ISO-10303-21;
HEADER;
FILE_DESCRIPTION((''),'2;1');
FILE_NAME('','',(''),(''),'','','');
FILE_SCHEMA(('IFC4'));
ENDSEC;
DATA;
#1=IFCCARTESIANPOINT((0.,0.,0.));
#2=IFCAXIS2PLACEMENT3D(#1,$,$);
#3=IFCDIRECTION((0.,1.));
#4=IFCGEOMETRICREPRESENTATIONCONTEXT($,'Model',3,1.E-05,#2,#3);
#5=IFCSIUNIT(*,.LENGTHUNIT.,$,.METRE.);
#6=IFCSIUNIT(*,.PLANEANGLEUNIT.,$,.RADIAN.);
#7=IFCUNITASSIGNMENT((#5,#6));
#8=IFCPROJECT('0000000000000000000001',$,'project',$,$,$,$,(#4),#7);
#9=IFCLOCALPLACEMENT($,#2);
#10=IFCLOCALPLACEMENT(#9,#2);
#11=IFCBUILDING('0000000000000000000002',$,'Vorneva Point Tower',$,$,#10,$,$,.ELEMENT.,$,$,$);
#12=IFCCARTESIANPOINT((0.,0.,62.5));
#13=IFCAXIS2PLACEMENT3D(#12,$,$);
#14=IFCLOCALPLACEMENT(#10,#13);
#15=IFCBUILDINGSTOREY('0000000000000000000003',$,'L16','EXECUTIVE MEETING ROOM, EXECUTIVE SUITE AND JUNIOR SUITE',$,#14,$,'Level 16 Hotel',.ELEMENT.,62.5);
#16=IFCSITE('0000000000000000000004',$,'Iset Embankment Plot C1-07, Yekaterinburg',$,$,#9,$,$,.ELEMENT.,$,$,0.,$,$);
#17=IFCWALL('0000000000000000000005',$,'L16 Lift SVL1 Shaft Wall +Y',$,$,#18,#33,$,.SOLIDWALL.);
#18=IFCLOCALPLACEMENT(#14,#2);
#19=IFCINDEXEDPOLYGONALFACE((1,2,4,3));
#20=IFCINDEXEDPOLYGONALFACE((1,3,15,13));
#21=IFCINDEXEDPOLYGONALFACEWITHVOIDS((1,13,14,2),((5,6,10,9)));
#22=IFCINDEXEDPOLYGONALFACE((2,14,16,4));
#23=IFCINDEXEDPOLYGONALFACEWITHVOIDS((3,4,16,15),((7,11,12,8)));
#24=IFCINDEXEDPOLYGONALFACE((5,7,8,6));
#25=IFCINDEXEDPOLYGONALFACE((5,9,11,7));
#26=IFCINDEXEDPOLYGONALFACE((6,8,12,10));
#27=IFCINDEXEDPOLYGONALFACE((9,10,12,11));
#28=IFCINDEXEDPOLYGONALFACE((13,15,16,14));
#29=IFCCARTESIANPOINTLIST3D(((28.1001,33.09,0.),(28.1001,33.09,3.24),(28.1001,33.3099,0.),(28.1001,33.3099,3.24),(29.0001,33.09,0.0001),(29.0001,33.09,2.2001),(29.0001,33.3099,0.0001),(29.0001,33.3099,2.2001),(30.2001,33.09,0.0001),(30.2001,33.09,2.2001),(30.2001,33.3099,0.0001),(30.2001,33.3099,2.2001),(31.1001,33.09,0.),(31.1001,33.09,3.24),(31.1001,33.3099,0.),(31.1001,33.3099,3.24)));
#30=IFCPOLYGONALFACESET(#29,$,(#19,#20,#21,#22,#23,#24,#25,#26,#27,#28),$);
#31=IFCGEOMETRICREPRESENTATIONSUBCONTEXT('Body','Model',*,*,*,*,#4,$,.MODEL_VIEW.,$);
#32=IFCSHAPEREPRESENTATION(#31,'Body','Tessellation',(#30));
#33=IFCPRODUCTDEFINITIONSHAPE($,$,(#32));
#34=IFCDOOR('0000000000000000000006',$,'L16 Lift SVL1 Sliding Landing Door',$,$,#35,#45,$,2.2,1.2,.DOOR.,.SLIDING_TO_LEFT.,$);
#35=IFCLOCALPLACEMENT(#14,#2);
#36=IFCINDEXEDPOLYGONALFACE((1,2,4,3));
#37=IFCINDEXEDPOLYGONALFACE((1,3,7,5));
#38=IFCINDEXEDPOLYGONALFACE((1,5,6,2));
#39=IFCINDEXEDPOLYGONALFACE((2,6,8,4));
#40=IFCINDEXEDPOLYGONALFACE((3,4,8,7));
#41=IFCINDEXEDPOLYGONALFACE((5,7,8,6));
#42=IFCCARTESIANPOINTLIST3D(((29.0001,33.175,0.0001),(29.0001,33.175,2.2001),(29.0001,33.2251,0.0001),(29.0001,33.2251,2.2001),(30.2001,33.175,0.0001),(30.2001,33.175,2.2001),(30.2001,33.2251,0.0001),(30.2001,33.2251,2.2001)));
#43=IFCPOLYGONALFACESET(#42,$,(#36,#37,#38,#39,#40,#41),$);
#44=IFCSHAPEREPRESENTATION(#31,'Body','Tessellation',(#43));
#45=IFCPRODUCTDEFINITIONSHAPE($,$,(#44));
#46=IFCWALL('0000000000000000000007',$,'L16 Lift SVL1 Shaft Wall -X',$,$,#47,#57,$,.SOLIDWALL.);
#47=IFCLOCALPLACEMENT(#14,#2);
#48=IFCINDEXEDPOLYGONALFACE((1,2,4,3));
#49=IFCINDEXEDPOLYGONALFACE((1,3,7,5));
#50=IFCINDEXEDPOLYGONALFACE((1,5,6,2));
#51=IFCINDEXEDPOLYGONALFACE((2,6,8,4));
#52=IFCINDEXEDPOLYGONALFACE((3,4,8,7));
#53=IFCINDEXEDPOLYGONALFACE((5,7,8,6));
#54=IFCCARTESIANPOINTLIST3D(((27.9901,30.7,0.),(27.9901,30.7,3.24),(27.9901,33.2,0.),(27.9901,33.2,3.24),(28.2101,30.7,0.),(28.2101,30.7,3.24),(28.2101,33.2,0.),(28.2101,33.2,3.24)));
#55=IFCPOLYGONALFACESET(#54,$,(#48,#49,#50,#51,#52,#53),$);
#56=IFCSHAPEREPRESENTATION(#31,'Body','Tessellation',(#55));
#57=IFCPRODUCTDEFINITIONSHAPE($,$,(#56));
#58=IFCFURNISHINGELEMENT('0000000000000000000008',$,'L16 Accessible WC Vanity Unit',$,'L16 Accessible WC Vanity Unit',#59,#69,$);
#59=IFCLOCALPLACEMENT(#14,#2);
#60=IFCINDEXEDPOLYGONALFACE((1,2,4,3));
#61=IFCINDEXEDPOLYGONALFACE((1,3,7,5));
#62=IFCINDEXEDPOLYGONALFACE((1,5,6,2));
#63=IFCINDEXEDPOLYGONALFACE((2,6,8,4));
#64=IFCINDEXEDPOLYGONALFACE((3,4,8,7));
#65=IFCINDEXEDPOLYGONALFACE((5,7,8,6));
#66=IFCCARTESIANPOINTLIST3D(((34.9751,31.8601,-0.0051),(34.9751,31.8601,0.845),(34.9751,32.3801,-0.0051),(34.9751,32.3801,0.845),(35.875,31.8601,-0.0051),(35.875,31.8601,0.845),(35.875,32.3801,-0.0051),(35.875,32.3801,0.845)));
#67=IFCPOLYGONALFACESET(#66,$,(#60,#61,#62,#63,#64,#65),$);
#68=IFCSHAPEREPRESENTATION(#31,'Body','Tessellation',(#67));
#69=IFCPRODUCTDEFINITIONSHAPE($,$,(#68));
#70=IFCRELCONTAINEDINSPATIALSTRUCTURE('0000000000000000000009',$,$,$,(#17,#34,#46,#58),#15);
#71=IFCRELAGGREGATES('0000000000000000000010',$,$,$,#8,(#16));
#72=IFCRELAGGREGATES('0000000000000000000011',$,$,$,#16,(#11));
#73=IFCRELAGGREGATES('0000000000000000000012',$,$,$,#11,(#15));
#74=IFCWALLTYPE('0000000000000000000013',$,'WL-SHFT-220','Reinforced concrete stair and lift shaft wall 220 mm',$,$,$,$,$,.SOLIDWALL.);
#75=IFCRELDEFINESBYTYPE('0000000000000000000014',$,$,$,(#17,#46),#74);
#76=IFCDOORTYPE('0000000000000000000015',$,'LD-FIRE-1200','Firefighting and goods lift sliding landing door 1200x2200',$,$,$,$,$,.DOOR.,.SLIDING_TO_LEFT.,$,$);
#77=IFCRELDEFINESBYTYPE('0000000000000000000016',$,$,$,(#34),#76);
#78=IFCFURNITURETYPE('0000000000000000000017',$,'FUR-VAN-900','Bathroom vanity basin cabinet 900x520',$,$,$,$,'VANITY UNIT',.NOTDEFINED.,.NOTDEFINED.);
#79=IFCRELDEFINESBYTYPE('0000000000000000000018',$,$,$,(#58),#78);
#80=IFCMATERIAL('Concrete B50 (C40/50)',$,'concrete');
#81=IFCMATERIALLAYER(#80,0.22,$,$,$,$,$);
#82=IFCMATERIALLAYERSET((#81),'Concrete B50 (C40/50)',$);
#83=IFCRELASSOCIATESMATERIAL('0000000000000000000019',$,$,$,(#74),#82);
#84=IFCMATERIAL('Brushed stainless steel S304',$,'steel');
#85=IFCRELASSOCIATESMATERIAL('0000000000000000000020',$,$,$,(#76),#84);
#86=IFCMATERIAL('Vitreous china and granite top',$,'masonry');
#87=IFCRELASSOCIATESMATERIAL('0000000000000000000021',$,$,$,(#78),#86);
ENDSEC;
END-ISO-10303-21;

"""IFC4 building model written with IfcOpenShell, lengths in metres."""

from ifc_helpers import new_model, si_unit, direction, frame, frame_2d, origin, origin_2d, place, context, subcontext, project, spatial, rectangle, extrude, material, layer, layer_set, type_object, element, fill, save


model = new_model("IFC4")

# Units and contexts
model_context = context("Model", 3, precision=1e-05, world=origin(), true_north=direction((0.0, 1.0)))
body_context = subcontext(model_context, "Body", "Model", "MODEL_VIEW")
ifc_project = project(units=[si_unit("LENGTHUNIT", "METRE"), si_unit("PLANEANGLEUNIT", "RADIAN")], contexts=[model_context])

# Site, building, storey
site_placement = place(None, origin())
site = spatial("IfcSite", under=ifc_project, at=site_placement, Name="Iset Embankment Plot C1-07, Yekaterinburg", CompositionType="ELEMENT", RefElevation=0.0)
building_placement = place(site_placement, origin())
building = spatial("IfcBuilding", under=site, at=building_placement, Name="Vorneva Point Tower", CompositionType="ELEMENT")
storey_placement = place(building_placement, frame((0.0, 0.0, 62.5)))
storey = spatial("IfcBuildingStorey", under=building, at=storey_placement, Name="L16", Description="EXECUTIVE MEETING ROOM, EXECUTIVE SUITE AND JUNIOR SUITE", LongName="Level 16 Hotel", CompositionType="ELEMENT", Elevation=62.5)

# Shared definitions
ifc_material_1 = material(Name="Concrete B50 (C40/50)", Category="concrete")
ifc_layer_1 = layer(ifc_material_1, 0.22)
ifc_layer_set_1 = layer_set([ifc_layer_1], Name="Concrete B50 (C40/50)")
wall_type_1 = type_object("IfcWallType", Name="WL-SHFT-220", Description="Reinforced concrete stair and lift shaft wall 220 mm", PredefinedType="SOLIDWALL", material=ifc_layer_set_1)

# Wall, opening, door
wall_1_placement = place(storey_placement, frame((31.1001, 33.2, 0.0), z_axis=(0.0, 0.0, 1.0), x_axis=(-1.0, 0.0, 0.0)))
wall_1 = element("IfcWall", 1, at=wall_1_placement, inside=storey, type_object=wall_type_1, Name="L16 Lift SVL1 Shaft Wall +Y", PredefinedType="SOLIDWALL", context=body_context, shape_type="SweptSolid", body=[
    extrude(rectangle(XDim=3.0, YDim=0.22, at=frame_2d((1.5, 0.0))), origin(), (0.0, 0.0, 1.0), 3.24),
])
opening_1_placement = place(wall_1_placement, frame((0.8999, 0.0, 0.0)))
opening_1 = element("IfcOpeningElement", 2, at=opening_1_placement, cuts=wall_1, PredefinedType="OPENING", context=body_context, shape_type="SweptSolid", body=[
    extrude(rectangle(XDim=1.2, YDim=2.2, at=frame_2d((0.6001, 1.1001))), frame((0.0, 0.125, 0.0), z_axis=(0.0, -1.0, 0.0), x_axis=(1.0, 0.0, 0.0)), (0.0, 0.0, 1.0), 0.2498),
])
ifc_material_2 = material(Name="Brushed stainless steel S304", Category="steel")
door_type_1 = type_object("IfcDoorType", Name="LD-FIRE-1200", Description="Firefighting and goods lift sliding landing door 1200x2200", OperationType="SLIDING_TO_LEFT", PredefinedType="DOOR", material=ifc_material_2)
door_1_placement = place(opening_1_placement, origin())
door_1 = element("IfcDoor", 3, at=door_1_placement, inside=storey, type_object=door_type_1, Name="L16 Lift SVL1 Sliding Landing Door", OperationType="SLIDING_TO_LEFT", OverallHeight=2.2, OverallWidth=1.2, PredefinedType="DOOR", context=body_context, shape_type="SweptSolid", body=[
    extrude(rectangle(XDim=1.2, YDim=2.2, at=frame_2d((0.6001, 1.1001))), frame((0.0, 0.0249, 0.0), z_axis=(0.0, -1.0, 0.0), x_axis=(1.0, 0.0, 0.0)), (0.0, 0.0, 1.0), 0.05),
])
fill(opening_1, door_1)

# Wall
wall_2_placement = place(storey_placement, frame((28.1001, 33.2, 0.0), z_axis=(0.0, 0.0, 1.0), x_axis=(0.0, -1.0, 0.0)))
element("IfcWall", 4, at=wall_2_placement, inside=storey, type_object=wall_type_1, Name="L16 Lift SVL1 Shaft Wall -X", PredefinedType="SOLIDWALL", context=body_context, shape_type="SweptSolid", body=[
    extrude(rectangle(XDim=2.5, YDim=0.22, at=frame_2d((1.25, 0.0))), origin(), (0.0, 0.0, 1.0), 3.24),
])

# Furnishing element
ifc_material_3 = material(Name="Vitreous china and granite top", Category="masonry")
furniture_type = type_object("IfcFurnitureType", Name="FUR-VAN-900", Description="Bathroom vanity basin cabinet 900x520", ElementType="VANITY UNIT", AssemblyPlace="NOTDEFINED", PredefinedType="NOTDEFINED", material=ifc_material_3)
furnishing_placement = place(storey_placement, frame((35.425, 32.1201, -0.0051), z_axis=(0.0, 0.0, 1.0), x_axis=(1.0, 0.0, 0.0)))
element("IfcFurnishingElement", 5, at=furnishing_placement, inside=storey, type_object=furniture_type, Name="L16 Accessible WC Vanity Unit", ObjectType="L16 Accessible WC Vanity Unit", context=body_context, shape_type="SweptSolid", body=[
    extrude(rectangle(XDim=0.8999, YDim=0.52, at=origin_2d()), origin(), (0.0, 0.0, 1.0), 0.8501),
])

save(model, "model.ifc")
